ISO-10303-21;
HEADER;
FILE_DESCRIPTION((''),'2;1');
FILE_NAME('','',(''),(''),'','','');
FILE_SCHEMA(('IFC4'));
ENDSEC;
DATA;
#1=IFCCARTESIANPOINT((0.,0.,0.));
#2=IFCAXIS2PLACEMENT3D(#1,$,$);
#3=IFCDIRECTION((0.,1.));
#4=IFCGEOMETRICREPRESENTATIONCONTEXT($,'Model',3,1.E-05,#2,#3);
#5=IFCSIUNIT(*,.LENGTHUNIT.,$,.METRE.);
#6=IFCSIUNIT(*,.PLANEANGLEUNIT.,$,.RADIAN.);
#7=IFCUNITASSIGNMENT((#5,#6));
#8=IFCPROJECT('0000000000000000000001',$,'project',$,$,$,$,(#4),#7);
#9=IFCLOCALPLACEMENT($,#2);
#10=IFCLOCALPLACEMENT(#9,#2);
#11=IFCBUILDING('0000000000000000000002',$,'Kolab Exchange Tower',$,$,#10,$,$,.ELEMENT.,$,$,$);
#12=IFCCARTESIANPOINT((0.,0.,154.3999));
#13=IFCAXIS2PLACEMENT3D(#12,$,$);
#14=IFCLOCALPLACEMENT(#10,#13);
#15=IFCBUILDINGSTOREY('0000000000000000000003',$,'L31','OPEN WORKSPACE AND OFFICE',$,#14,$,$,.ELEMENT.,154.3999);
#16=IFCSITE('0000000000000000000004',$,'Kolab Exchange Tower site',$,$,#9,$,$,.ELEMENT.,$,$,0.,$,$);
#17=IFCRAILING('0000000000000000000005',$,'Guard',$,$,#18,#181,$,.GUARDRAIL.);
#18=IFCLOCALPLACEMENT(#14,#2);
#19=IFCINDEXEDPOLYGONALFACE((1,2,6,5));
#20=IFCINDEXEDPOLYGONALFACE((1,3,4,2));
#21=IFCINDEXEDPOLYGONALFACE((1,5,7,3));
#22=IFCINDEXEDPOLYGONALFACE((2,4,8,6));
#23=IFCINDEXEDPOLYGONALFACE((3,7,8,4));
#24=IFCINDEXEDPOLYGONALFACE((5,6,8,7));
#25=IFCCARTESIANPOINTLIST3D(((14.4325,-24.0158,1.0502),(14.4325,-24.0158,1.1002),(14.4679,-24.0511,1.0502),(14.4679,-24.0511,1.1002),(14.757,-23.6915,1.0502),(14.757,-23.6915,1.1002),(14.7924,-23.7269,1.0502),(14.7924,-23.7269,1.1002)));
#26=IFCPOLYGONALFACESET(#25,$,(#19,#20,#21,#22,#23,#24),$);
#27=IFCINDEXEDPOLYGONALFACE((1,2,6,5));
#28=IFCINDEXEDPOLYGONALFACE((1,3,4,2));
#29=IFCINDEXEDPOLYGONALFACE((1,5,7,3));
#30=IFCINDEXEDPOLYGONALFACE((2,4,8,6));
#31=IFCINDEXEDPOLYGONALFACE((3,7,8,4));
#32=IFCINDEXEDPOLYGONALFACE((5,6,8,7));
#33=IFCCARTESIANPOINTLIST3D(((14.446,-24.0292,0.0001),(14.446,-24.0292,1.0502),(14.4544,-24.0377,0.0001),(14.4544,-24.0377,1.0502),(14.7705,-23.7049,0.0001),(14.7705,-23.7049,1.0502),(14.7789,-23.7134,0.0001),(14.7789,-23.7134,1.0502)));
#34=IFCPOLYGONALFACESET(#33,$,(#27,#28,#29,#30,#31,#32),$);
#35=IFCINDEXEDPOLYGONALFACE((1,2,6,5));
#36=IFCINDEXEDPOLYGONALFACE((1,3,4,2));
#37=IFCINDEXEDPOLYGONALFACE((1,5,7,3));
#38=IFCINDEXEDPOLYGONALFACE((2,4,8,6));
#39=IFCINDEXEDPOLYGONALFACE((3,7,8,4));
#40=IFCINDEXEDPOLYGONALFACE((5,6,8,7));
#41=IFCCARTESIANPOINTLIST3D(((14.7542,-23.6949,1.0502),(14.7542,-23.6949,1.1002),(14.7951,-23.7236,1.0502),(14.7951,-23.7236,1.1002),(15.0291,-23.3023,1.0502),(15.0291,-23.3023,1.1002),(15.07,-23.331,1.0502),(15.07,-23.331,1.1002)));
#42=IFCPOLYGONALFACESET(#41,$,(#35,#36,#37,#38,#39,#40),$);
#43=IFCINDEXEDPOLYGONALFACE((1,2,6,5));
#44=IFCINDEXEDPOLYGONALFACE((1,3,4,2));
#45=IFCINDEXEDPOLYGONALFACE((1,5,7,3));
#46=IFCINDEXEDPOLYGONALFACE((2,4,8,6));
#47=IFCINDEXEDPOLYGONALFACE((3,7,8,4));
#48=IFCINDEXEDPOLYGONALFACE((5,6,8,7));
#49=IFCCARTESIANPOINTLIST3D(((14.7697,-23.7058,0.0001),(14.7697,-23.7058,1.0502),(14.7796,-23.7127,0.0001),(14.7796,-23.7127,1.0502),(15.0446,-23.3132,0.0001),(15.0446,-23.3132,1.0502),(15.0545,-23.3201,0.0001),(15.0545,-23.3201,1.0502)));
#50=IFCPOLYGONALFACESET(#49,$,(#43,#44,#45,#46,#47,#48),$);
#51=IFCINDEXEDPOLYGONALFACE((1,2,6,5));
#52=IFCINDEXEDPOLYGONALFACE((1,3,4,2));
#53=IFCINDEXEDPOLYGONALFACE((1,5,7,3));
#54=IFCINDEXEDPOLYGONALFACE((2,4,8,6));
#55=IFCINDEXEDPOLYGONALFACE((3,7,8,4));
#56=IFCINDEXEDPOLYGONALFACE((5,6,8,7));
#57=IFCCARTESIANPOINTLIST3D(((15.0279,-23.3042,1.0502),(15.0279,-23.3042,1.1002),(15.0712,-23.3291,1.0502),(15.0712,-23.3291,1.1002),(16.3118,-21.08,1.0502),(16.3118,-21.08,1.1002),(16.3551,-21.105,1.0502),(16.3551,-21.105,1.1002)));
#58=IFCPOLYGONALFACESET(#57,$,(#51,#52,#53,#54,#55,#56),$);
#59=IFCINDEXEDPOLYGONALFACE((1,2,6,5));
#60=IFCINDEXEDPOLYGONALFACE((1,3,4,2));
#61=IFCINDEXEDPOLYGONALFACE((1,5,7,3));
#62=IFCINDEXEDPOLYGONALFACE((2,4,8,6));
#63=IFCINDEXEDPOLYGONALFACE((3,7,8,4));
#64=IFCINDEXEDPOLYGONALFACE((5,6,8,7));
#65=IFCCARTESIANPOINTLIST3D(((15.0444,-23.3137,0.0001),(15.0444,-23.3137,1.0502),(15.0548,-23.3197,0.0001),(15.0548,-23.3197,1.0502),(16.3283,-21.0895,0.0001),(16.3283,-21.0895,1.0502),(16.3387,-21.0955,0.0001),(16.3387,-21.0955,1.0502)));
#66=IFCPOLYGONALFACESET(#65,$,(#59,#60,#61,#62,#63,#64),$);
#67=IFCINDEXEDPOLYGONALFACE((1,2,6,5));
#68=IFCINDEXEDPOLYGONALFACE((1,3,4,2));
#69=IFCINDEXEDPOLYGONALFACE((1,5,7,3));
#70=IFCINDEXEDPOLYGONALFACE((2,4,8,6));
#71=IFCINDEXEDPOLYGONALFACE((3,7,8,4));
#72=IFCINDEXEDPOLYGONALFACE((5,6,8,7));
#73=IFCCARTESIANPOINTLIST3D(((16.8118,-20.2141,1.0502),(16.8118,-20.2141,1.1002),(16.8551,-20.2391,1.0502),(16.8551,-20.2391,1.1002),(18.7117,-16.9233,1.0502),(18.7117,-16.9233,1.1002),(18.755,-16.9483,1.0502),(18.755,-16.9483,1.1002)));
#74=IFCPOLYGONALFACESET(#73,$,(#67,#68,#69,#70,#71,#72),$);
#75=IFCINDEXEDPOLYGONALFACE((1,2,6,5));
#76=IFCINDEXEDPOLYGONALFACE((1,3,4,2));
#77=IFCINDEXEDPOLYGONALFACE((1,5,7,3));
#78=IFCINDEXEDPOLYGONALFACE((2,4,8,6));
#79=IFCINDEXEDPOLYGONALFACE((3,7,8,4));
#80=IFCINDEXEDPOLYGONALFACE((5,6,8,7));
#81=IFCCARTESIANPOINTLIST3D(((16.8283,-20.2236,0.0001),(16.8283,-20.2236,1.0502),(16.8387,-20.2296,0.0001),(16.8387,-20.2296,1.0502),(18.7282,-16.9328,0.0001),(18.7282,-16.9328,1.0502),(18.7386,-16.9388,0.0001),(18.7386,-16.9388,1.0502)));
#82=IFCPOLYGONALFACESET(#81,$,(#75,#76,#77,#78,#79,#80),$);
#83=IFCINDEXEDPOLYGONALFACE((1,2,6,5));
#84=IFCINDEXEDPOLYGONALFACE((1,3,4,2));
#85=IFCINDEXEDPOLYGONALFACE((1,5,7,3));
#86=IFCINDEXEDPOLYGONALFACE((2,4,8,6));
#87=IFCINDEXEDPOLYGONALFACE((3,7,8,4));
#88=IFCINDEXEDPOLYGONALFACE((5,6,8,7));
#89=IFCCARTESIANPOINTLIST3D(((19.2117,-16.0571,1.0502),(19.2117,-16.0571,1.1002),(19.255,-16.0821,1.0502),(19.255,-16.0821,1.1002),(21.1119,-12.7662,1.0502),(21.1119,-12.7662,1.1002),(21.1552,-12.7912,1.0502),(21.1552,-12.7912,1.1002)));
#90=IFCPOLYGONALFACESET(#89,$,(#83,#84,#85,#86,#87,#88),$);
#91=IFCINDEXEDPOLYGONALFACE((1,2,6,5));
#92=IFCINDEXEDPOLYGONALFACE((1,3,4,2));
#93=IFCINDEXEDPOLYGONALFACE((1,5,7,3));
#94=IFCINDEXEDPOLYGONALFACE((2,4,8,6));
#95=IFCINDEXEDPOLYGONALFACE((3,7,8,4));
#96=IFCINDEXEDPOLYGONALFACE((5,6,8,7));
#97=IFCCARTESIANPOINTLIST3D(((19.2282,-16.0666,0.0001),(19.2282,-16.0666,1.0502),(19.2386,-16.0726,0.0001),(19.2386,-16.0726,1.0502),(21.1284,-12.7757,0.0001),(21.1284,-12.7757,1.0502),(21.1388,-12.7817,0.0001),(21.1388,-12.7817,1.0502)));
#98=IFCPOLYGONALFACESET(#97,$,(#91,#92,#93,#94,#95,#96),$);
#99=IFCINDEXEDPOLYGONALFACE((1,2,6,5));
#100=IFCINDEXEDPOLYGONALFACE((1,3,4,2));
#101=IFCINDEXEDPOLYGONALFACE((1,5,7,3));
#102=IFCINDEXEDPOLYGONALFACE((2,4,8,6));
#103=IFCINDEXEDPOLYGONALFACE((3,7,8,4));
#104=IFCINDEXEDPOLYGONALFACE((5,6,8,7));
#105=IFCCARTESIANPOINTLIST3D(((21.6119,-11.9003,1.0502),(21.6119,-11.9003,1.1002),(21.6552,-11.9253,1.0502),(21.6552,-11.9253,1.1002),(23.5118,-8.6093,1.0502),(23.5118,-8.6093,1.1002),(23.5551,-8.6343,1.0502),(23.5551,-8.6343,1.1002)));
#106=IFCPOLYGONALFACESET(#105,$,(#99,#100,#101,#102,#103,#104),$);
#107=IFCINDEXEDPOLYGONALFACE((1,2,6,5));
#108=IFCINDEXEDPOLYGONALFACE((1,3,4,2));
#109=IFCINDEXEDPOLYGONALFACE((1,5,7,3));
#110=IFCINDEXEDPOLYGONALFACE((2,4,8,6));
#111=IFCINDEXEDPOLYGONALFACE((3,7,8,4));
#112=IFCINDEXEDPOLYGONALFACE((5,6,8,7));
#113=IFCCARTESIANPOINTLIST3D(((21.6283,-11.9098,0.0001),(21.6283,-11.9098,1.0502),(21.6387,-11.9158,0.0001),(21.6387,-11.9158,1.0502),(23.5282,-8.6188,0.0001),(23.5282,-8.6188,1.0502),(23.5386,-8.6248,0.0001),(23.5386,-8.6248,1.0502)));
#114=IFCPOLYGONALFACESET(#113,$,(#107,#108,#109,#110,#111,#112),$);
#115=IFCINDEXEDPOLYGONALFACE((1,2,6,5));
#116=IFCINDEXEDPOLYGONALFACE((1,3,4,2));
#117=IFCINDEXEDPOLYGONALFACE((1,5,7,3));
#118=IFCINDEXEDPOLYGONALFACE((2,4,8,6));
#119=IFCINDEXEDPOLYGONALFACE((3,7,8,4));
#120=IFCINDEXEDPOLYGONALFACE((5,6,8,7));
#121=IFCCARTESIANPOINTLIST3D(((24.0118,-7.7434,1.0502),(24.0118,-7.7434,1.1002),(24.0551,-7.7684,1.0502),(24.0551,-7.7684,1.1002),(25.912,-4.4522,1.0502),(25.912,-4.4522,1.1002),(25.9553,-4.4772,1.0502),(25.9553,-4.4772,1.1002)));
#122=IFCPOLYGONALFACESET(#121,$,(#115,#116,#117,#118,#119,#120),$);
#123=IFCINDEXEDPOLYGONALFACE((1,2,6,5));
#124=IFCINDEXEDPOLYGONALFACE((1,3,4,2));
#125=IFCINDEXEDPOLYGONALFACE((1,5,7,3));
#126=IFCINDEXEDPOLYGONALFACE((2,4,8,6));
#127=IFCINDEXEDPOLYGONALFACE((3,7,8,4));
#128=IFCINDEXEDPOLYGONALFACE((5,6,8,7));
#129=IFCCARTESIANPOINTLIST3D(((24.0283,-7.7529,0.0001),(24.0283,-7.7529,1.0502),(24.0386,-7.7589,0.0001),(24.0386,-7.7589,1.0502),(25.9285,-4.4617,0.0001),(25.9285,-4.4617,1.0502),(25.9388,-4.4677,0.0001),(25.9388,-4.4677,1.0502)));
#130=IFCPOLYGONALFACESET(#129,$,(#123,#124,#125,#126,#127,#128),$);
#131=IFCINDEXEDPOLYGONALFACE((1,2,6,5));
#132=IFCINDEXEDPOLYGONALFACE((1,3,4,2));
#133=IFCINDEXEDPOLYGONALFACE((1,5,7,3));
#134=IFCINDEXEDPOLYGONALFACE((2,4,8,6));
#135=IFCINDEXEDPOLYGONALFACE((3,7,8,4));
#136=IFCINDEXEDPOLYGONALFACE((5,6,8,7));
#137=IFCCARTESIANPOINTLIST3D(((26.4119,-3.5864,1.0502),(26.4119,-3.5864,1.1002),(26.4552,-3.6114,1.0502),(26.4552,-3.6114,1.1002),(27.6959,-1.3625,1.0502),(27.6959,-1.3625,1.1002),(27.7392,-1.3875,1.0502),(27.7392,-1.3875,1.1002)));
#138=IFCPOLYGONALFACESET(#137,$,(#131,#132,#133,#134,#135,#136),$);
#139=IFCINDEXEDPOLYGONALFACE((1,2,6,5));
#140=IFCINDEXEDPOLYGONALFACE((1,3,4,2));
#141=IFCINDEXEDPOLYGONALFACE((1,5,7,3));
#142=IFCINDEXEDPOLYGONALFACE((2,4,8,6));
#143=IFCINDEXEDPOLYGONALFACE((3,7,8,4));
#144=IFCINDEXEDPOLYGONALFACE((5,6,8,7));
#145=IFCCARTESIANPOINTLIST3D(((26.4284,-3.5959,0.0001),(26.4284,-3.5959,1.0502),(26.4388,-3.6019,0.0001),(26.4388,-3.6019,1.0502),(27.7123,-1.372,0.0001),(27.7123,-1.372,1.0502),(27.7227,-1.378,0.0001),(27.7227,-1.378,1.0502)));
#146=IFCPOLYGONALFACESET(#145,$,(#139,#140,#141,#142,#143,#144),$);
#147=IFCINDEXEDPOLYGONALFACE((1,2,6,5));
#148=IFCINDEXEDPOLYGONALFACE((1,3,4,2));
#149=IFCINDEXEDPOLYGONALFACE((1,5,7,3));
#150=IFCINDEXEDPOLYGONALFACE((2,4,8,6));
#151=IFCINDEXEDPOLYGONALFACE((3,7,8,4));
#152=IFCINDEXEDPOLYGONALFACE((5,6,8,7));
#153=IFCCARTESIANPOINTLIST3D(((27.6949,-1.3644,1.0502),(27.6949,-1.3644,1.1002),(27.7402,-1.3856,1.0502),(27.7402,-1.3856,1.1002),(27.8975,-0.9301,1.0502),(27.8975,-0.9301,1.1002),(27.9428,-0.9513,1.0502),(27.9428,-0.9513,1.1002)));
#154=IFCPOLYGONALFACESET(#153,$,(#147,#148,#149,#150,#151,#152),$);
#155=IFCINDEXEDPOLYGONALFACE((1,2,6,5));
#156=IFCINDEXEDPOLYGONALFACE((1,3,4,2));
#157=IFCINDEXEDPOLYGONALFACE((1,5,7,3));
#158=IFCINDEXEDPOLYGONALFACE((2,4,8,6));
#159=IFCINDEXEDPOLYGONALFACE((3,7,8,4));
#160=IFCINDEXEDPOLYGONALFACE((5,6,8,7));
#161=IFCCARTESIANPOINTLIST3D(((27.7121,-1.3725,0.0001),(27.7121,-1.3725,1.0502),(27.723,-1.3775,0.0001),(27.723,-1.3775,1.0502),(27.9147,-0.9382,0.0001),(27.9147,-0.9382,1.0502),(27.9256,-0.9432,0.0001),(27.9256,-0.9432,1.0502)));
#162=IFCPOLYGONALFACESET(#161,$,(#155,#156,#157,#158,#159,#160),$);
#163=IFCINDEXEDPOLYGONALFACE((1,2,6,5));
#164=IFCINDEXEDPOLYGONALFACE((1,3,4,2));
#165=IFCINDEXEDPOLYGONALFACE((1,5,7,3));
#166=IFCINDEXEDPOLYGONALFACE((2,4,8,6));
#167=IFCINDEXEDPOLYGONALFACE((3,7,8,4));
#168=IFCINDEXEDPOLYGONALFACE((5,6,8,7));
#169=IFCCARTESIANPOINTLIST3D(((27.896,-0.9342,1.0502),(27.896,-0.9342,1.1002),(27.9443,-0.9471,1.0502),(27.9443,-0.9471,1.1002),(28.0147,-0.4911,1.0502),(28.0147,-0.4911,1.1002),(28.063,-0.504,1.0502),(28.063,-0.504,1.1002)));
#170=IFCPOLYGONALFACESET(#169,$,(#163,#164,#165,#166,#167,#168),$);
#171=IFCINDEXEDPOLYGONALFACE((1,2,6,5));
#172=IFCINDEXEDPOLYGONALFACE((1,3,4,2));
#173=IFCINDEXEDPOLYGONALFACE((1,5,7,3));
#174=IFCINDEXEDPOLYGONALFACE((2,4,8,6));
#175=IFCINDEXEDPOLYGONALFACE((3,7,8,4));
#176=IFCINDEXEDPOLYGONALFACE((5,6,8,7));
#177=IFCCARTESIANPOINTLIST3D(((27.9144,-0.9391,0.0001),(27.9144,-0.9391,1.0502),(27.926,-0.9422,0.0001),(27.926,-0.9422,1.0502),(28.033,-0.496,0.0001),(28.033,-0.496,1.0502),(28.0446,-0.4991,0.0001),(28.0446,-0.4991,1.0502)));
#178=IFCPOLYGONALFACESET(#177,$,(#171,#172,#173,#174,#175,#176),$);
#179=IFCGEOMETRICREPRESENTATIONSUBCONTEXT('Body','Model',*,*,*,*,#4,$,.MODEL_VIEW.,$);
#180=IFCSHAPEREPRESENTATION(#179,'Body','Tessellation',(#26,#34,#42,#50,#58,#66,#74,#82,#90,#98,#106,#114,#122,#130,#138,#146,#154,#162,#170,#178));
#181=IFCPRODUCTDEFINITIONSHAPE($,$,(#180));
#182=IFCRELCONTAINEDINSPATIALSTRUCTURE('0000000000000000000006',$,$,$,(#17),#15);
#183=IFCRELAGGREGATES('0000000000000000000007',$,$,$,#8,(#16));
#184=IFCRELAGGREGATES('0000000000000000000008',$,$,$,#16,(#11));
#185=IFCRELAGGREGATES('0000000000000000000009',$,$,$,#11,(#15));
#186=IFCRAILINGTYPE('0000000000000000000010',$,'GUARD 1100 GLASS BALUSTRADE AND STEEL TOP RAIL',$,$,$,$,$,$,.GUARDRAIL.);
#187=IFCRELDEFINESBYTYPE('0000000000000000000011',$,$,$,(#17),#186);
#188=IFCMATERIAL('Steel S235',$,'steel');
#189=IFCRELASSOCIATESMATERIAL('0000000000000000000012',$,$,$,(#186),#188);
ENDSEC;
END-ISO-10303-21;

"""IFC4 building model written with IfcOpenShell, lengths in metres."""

from ifc_helpers import new_model, si_unit, direction, frame, frame_2d, origin, origin_2d, place, context, subcontext, project, spatial, rectangle, extrude, material, type_object, element, save


model = new_model("IFC4")

# Units and contexts
model_context = context("Model", 3, precision=1e-05, world=origin(), true_north=direction((0.0, 1.0)))
body_context = subcontext(model_context, "Body", "Model", "MODEL_VIEW")
ifc_project = project(units=[si_unit("LENGTHUNIT", "METRE"), si_unit("PLANEANGLEUNIT", "RADIAN")], contexts=[model_context])

# Site, building, storey
site_placement = place(None, origin())
site = spatial("IfcSite", under=ifc_project, at=site_placement, Name="Kolab Exchange Tower site", CompositionType="ELEMENT", RefElevation=0.0)
building_placement = place(site_placement, origin())
building = spatial("IfcBuilding", under=site, at=building_placement, Name="Kolab Exchange Tower", CompositionType="ELEMENT")
storey_placement = place(building_placement, frame((0.0, 0.0, 154.3999)))
storey = spatial("IfcBuildingStorey", under=building, at=storey_placement, Name="L31", Description="OPEN WORKSPACE AND OFFICE", CompositionType="ELEMENT", Elevation=154.3999)

# Railing
ifc_material_1 = material(Name="Steel S235", Category="steel")
railing_type = type_object("IfcRailingType", Name="GUARD 1100 GLASS BALUSTRADE AND STEEL TOP RAIL", PredefinedType="GUARDRAIL", material=ifc_material_1)
railing_placement = place(storey_placement, frame((14.4502, -24.0334, 0.0)))
element("IfcRailing", 1, at=railing_placement, inside=storey, type_object=railing_type, Name="Guard", PredefinedType="GUARDRAIL", context=body_context, shape_type="SweptSolid", body=[
    extrude(rectangle(XDim=0.05, YDim=0.05, at=origin_2d()), frame((0.0, 0.0, 1.0752), z_axis=(0.707373, 0.706841, 0.0), x_axis=(-0.706841, 0.707373, 0.0)), (0.0, 0.0, 1.0), 0.4587),
    extrude(rectangle(XDim=0.012, YDim=1.0501, at=frame_2d((0.0, 0.5251))), frame((0.0, 0.0, 0.0), z_axis=(0.707373, 0.706841, 0.0), x_axis=(-0.706841, 0.707373, 0.0)), (0.0, 0.0, 1.0), 0.4587),
    extrude(rectangle(XDim=0.05, YDim=0.05, at=origin_2d()), frame((0.3245, 0.3242, 1.0752), z_axis=(0.573599, 0.819136, 0.0), x_axis=(-0.819136, 0.573599, 0.0)), (0.0, 0.0, 1.0), 0.4792),
    extrude(rectangle(XDim=0.012, YDim=1.0501, at=frame_2d((0.0, 0.5251))), frame((0.3245, 0.3242, 0.0), z_axis=(0.573599, 0.819136, 0.0), x_axis=(-0.819136, 0.573599, 0.0)), (0.0, 0.0, 1.0), 0.4792),
    extrude(rectangle(XDim=0.05, YDim=0.05, at=origin_2d()), frame((0.5994, 0.7168, 1.0752), z_axis=(0.499953, 0.866053, 0.0), x_axis=(-0.866053, 0.499953, 0.0)), (0.0, 0.0, 1.0), 2.5681),
    extrude(rectangle(XDim=0.012, YDim=1.0501, at=frame_2d((0.0, 0.5251))), frame((0.5994, 0.7168, 0.0), z_axis=(0.499953, 0.866053, 0.0), x_axis=(-0.866053, 0.499953, 0.0)), (0.0, 0.0, 1.0), 2.5681),
    extrude(rectangle(XDim=0.05, YDim=0.05, at=origin_2d()), frame((2.3833, 3.8069, 1.0752), z_axis=(0.499995, 0.866028, 0.0), x_axis=(-0.866028, 0.499995, 0.0)), (0.0, 0.0, 1.0), 3.7998),
    extrude(rectangle(XDim=0.012, YDim=1.0501, at=frame_2d((0.0, 0.5251))), frame((2.3833, 3.8069, 0.0), z_axis=(0.499995, 0.866028, 0.0), x_axis=(-0.866028, 0.499995, 0.0)), (0.0, 0.0, 1.0), 3.7998),
    extrude(rectangle(XDim=0.05, YDim=0.05, at=origin_2d()), frame((4.7832, 7.9639, 1.0752), z_axis=(0.500043, 0.866, 0.0), x_axis=(-0.866, 0.500043, 0.0)), (0.0, 0.0, 1.0), 3.8),
    extrude(rectangle(XDim=0.012, YDim=1.0501, at=frame_2d((0.0, 0.5251))), frame((4.7832, 7.9639, 0.0), z_axis=(0.500043, 0.866, 0.0), x_axis=(-0.866, 0.500043, 0.0)), (0.0, 0.0, 1.0), 3.8),
    extrude(rectangle(XDim=0.05, YDim=0.05, at=origin_2d()), frame((7.1833, 12.1206, 1.0752), z_axis=(0.499967, 0.866044, 0.0), x_axis=(-0.866044, 0.499967, 0.0)), (0.0, 0.0, 1.0), 3.8),
    extrude(rectangle(XDim=0.012, YDim=1.0501, at=frame_2d((0.0, 0.5251))), frame((7.1833, 12.1206, 0.0), z_axis=(0.499967, 0.866044, 0.0), x_axis=(-0.866044, 0.499967, 0.0)), (0.0, 0.0, 1.0), 3.8),
    extrude(rectangle(XDim=0.05, YDim=0.05, at=origin_2d()), frame((9.5833, 16.2776, 1.0752), z_axis=(0.500015, 0.866017, 0.0), x_axis=(-0.866017, 0.500015, 0.0)), (0.0, 0.0, 1.0), 3.8003),
    extrude(rectangle(XDim=0.012, YDim=1.0501, at=frame_2d((0.0, 0.5251))), frame((9.5833, 16.2776, 0.0), z_axis=(0.500015, 0.866017, 0.0), x_axis=(-0.866017, 0.500015, 0.0)), (0.0, 0.0, 1.0), 3.8003),
    extrude(rectangle(XDim=0.05, YDim=0.05, at=origin_2d()), frame((11.9834, 20.4346, 1.0752), z_axis=(0.499994, 0.866029, 0.0), x_axis=(-0.866029, 0.499994, 0.0)), (0.0, 0.0, 1.0), 2.5679),
    extrude(rectangle(XDim=0.012, YDim=1.0501, at=frame_2d((0.0, 0.5251))), frame((11.9834, 20.4346, 0.0), z_axis=(0.499994, 0.866029, 0.0), x_axis=(-0.866029, 0.499994, 0.0)), (0.0, 0.0, 1.0), 2.5679),
    extrude(rectangle(XDim=0.05, YDim=0.05, at=origin_2d()), frame((13.2673, 22.6584, 1.0752), z_axis=(0.422802, 0.906222, 0.0), x_axis=(-0.906222, 0.422802, 0.0)), (0.0, 0.0, 1.0), 0.4792),
    extrude(rectangle(XDim=0.012, YDim=1.0501, at=frame_2d((0.0, 0.5251))), frame((13.2673, 22.6584, 0.0), z_axis=(0.422802, 0.906222, 0.0), x_axis=(-0.906222, 0.422802, 0.0)), (0.0, 0.0, 1.0), 0.4792),
    extrude(rectangle(XDim=0.05, YDim=0.05, at=origin_2d()), frame((13.47, 23.0928, 1.0752), z_axis=(0.258656, 0.965969, 0.0), x_axis=(-0.965969, 0.258656, 0.0)), (0.0, 0.0, 1.0), 0.4587),
    extrude(rectangle(XDim=0.012, YDim=1.0501, at=frame_2d((0.0, 0.5251))), frame((13.47, 23.0928, 0.0), z_axis=(0.258656, 0.965969, 0.0), x_axis=(-0.965969, 0.258656, 0.0)), (0.0, 0.0, 1.0), 0.4587),
])

save(model, "model.ifc")
